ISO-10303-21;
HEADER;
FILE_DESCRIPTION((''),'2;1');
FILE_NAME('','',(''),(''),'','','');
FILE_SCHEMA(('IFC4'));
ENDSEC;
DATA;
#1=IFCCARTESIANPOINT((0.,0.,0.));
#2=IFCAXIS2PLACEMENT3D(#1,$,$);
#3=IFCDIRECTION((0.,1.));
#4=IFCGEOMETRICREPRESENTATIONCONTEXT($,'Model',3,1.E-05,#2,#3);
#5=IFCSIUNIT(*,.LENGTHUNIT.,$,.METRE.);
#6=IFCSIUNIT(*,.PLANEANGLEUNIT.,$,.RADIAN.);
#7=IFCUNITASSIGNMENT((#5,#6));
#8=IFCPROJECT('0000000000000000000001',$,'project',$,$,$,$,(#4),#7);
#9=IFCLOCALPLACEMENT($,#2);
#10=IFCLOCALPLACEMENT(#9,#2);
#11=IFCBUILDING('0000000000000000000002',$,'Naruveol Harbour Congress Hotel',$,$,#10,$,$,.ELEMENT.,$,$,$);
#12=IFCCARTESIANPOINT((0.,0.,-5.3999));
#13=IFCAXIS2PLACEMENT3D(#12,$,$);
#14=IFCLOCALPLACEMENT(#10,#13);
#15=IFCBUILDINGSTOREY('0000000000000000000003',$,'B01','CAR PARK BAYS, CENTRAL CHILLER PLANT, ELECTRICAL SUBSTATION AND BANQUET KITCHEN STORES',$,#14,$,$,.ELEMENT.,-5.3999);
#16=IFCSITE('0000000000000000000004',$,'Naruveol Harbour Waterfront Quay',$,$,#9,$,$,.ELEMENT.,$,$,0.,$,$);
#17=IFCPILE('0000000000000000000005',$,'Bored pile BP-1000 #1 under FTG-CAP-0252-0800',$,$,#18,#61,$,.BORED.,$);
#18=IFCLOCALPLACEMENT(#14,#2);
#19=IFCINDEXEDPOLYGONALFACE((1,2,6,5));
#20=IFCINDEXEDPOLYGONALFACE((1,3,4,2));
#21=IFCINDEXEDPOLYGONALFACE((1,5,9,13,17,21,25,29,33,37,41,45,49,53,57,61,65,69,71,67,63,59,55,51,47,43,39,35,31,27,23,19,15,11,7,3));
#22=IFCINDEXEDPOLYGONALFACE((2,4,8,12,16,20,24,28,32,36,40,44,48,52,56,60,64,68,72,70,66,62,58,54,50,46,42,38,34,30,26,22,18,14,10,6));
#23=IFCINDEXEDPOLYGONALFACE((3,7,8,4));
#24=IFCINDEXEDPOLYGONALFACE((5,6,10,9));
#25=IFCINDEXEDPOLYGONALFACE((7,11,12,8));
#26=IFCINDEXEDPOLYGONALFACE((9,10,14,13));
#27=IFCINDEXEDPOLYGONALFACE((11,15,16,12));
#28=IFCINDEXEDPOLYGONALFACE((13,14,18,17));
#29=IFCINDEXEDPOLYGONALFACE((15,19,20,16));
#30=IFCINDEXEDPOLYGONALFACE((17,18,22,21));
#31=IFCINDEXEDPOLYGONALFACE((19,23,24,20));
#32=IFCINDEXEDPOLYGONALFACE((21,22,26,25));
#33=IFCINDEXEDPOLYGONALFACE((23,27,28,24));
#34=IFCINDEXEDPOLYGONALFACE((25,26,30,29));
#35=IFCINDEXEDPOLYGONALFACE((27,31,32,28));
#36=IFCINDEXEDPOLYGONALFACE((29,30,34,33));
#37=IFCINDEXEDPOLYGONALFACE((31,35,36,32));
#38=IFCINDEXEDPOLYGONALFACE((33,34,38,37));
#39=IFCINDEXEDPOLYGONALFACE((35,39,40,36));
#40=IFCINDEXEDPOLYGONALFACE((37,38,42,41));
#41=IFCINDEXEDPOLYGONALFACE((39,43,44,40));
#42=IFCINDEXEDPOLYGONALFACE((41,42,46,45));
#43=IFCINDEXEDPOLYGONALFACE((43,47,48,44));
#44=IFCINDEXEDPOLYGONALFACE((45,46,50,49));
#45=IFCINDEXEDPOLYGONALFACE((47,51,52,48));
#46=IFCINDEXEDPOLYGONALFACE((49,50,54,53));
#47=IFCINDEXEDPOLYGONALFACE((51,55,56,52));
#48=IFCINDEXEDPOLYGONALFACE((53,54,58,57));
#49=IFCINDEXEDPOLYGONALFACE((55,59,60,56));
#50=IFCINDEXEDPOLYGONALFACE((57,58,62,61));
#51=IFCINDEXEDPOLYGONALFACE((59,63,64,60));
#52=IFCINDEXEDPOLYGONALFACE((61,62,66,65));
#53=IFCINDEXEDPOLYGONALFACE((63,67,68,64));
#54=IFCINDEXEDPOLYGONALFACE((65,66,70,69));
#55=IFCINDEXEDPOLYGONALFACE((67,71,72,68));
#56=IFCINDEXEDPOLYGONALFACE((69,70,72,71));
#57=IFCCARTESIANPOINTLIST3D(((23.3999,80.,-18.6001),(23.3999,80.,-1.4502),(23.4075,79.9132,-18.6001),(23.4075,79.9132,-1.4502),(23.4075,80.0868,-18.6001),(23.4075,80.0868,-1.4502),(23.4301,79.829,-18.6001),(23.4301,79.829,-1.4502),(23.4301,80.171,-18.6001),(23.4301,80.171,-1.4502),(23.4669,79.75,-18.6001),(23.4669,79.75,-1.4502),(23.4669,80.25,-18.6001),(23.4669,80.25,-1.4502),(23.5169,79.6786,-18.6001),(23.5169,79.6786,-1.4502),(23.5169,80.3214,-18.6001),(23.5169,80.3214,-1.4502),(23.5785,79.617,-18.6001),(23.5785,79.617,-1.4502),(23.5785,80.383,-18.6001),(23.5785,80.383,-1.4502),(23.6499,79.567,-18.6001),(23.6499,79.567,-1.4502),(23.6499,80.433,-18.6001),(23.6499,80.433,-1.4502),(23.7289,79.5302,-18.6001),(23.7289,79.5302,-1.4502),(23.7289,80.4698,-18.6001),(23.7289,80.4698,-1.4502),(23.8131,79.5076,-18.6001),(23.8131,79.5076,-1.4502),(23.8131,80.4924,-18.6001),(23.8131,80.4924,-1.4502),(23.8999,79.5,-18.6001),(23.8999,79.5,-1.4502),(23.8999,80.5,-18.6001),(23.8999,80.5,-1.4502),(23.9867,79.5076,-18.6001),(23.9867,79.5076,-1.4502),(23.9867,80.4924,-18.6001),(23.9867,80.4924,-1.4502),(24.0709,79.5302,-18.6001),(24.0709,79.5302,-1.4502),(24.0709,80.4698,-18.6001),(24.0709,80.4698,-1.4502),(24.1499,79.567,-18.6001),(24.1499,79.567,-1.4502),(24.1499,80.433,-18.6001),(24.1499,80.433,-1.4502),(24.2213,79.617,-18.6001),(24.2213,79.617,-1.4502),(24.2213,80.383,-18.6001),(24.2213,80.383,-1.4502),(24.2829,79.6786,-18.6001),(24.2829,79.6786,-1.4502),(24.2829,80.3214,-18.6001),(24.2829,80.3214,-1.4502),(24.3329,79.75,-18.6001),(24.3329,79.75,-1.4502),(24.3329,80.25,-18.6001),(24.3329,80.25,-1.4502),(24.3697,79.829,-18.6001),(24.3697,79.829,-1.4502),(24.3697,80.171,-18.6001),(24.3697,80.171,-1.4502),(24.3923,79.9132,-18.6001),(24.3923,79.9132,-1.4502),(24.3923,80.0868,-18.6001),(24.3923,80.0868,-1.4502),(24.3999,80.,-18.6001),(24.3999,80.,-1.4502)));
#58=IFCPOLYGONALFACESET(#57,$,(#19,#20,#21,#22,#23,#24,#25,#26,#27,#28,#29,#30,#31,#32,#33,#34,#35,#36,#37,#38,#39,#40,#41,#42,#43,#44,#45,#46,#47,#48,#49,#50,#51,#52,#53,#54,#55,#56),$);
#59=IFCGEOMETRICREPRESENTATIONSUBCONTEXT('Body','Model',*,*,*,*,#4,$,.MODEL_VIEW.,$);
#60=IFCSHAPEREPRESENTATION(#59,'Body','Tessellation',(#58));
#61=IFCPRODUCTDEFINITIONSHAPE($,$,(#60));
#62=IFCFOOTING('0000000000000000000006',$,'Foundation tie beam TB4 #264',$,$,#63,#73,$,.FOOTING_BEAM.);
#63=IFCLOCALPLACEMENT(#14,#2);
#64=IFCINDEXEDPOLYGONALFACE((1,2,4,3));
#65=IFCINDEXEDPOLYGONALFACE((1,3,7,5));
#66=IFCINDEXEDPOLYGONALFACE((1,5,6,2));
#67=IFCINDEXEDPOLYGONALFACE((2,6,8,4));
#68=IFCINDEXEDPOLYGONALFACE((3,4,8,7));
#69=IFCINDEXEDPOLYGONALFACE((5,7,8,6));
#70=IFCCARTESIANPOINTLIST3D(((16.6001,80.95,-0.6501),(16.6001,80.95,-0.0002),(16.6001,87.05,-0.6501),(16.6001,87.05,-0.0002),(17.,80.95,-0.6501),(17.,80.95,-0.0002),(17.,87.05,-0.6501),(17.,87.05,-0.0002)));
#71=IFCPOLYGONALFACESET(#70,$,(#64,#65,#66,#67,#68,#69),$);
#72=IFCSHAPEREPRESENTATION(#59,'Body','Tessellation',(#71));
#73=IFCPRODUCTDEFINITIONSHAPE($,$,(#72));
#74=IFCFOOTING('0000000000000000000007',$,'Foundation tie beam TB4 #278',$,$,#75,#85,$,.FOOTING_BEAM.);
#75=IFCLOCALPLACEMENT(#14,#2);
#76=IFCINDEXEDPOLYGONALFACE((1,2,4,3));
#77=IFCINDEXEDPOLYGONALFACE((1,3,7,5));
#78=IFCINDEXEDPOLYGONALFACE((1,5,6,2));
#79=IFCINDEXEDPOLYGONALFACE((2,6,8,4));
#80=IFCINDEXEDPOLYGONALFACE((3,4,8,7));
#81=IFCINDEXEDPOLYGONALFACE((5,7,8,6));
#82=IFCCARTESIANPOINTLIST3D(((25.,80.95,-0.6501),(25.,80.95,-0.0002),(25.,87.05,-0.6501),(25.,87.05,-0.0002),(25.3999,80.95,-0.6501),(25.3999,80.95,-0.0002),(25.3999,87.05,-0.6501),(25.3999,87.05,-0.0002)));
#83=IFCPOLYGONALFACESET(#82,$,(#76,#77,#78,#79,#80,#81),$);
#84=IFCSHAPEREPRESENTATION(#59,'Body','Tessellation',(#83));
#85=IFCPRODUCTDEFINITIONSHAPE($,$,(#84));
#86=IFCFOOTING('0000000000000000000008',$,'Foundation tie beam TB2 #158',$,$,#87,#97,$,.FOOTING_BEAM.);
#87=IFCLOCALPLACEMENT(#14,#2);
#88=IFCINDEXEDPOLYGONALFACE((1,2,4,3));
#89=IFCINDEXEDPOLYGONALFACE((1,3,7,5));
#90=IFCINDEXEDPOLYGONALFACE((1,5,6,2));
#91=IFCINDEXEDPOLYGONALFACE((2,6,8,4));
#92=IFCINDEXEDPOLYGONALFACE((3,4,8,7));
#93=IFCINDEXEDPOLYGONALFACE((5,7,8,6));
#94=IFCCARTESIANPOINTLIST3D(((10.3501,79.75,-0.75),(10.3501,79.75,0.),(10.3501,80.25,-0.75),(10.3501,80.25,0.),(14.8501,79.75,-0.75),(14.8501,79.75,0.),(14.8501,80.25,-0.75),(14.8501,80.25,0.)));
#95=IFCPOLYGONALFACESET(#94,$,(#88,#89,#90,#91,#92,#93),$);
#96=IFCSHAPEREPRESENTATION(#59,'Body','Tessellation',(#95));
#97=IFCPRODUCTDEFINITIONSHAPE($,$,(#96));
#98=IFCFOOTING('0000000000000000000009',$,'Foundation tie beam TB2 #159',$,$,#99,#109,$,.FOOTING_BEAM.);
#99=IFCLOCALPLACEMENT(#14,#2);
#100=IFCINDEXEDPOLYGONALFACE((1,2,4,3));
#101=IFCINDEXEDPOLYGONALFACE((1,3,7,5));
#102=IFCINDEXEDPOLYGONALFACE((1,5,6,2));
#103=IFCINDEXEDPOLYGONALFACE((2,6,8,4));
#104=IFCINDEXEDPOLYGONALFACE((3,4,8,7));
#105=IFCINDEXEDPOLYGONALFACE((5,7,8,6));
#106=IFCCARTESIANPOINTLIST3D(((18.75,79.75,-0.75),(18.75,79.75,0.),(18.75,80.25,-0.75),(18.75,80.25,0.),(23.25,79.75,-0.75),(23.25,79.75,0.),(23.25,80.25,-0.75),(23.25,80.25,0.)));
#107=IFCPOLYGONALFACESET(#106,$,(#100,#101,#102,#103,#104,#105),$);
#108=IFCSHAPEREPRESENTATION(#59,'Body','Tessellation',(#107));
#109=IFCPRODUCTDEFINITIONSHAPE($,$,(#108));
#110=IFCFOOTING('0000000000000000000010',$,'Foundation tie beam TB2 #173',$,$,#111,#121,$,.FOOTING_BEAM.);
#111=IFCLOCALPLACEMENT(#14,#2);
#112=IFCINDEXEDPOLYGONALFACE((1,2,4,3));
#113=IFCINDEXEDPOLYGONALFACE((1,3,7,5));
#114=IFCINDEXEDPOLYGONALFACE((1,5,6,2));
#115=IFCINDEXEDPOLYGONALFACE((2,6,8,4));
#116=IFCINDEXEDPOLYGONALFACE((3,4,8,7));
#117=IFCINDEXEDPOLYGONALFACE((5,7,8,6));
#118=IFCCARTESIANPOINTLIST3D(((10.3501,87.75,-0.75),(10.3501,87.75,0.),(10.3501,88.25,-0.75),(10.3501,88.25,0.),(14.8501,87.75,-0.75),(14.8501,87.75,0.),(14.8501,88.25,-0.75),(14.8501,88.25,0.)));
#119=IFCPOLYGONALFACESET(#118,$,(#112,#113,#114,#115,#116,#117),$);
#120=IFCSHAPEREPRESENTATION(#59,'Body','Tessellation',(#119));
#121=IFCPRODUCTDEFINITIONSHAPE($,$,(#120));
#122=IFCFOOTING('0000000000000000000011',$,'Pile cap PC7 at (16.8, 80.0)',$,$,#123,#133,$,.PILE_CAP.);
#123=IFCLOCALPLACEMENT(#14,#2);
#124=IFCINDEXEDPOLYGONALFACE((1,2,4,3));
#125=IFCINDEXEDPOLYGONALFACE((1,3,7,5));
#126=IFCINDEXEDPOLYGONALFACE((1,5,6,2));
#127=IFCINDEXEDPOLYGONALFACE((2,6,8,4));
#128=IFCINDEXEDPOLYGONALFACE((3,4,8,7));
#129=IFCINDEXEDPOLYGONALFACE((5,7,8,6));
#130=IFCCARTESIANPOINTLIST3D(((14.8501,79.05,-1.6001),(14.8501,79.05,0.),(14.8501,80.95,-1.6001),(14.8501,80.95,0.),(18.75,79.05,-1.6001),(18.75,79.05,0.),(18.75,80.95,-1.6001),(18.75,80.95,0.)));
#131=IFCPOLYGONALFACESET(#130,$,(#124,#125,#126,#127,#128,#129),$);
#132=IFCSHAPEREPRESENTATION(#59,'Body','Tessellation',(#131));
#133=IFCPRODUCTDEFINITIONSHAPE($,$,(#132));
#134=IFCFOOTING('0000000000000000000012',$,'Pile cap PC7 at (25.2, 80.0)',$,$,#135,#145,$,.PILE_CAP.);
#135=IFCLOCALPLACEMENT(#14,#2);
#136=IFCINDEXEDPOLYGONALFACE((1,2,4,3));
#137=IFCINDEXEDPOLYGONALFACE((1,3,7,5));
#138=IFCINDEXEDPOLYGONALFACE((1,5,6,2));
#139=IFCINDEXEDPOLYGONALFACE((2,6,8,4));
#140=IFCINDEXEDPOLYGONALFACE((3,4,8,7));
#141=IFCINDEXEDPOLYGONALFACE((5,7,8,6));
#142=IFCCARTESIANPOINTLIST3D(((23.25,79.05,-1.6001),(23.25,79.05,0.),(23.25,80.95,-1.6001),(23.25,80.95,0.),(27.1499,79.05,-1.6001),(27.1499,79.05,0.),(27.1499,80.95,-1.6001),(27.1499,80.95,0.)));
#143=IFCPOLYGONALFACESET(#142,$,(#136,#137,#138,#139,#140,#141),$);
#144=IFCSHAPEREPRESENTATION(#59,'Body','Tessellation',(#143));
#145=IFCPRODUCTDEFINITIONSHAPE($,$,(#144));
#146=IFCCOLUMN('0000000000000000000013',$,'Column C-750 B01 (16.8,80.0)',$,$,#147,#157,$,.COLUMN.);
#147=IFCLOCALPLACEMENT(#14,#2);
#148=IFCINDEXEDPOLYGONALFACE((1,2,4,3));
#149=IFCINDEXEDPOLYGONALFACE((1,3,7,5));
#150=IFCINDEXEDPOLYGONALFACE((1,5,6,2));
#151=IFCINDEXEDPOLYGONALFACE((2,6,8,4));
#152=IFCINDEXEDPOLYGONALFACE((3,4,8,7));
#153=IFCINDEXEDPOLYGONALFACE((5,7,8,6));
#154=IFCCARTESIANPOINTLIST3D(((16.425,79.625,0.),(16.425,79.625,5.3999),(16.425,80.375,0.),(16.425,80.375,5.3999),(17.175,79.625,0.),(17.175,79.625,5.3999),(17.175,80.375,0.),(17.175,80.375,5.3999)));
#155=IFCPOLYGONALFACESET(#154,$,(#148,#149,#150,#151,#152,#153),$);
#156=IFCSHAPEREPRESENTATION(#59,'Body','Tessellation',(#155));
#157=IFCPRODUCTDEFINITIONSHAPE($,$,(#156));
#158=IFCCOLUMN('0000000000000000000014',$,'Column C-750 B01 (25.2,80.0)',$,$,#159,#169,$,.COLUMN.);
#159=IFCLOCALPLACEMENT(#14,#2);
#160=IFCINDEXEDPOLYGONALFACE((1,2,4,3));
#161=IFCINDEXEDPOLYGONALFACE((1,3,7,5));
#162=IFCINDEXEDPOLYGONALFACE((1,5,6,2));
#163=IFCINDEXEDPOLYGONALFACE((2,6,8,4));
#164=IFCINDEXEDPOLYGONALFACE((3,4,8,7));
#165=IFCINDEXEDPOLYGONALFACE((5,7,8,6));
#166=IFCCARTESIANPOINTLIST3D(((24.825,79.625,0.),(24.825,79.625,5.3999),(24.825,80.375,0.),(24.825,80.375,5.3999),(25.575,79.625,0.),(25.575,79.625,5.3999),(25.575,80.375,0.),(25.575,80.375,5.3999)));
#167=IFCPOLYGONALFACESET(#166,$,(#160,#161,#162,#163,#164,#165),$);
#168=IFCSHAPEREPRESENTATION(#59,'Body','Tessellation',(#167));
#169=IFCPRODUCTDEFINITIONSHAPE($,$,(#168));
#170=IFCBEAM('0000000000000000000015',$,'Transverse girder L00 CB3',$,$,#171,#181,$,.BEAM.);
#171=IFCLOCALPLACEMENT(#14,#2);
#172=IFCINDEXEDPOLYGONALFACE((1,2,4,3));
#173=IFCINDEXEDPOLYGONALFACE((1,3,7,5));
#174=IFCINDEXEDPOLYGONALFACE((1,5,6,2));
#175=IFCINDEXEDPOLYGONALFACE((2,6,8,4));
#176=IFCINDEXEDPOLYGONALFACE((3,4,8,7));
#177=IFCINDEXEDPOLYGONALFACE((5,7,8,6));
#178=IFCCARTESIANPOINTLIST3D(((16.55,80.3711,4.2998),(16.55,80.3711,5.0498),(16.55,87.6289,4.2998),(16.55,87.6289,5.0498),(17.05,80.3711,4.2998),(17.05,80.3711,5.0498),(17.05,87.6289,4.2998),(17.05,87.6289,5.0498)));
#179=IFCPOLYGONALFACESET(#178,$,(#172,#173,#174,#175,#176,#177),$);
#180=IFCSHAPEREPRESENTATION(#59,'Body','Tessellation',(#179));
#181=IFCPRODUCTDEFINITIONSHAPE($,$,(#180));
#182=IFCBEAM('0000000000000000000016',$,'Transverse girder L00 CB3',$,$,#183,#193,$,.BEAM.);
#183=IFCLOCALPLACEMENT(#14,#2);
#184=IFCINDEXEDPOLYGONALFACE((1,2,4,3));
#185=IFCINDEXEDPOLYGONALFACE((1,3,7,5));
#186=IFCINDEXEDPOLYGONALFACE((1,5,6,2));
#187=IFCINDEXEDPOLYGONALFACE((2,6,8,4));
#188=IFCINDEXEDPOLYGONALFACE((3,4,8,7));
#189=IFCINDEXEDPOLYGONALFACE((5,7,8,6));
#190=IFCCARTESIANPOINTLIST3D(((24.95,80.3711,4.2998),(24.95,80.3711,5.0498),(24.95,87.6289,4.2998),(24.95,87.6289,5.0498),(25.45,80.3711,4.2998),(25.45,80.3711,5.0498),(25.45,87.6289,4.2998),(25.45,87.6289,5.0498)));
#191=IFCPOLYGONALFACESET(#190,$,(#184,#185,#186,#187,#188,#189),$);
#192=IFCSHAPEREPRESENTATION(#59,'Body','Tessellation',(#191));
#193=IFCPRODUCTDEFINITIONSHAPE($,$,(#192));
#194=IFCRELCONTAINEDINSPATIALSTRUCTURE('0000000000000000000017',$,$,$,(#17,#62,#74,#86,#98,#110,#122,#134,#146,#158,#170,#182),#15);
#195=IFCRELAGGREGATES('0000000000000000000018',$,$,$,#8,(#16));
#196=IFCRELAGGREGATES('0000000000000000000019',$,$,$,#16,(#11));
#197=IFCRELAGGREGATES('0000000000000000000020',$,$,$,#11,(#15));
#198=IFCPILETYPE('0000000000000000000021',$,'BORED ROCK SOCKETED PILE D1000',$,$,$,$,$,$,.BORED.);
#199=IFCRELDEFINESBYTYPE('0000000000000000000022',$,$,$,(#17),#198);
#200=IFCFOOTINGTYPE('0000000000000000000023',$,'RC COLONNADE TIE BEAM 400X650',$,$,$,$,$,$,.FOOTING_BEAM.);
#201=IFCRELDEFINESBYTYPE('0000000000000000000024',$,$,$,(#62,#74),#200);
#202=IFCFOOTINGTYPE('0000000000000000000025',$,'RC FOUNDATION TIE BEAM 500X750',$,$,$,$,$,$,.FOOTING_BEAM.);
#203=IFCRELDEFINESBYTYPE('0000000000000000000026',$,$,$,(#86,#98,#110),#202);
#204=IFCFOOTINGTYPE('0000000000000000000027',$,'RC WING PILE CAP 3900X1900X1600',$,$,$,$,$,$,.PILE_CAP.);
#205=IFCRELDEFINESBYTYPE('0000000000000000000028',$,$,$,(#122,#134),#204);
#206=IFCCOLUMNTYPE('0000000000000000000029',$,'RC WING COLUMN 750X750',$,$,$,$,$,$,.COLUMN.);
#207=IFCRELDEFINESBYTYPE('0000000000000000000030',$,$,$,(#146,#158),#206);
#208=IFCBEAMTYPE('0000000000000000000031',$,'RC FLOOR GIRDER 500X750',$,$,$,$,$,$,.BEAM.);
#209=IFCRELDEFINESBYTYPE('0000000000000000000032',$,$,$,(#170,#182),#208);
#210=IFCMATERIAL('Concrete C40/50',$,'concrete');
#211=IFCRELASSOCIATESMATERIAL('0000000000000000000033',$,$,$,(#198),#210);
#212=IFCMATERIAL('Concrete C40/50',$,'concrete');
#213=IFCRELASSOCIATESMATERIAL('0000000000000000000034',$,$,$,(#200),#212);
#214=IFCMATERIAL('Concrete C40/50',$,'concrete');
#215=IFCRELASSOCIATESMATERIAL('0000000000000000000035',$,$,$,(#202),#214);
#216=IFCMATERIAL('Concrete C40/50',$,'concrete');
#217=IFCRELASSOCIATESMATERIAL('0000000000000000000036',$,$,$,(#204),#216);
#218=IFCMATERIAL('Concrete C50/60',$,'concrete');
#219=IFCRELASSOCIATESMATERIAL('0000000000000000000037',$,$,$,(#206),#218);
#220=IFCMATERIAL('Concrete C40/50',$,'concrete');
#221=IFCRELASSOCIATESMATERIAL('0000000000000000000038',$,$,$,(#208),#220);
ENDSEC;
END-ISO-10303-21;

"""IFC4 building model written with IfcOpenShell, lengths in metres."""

from ifc_helpers import new_model, si_unit, direction, frame, origin, origin_2d, place, context, subcontext, project, spatial, rectangle, circle, extrude, material, material_profile, profile_set, type_object, element, save


model = new_model("IFC4")

# Units and contexts
model_context = context("Model", 3, precision=1e-05, world=origin(), true_north=direction((0.0, 1.0)))
body_context = subcontext(model_context, "Body", "Model", "MODEL_VIEW")
ifc_project = project(units=[si_unit("LENGTHUNIT", "METRE"), si_unit("PLANEANGLEUNIT", "RADIAN")], contexts=[model_context])

# Site, building, storey
site_placement = place(None, origin())
site = spatial("IfcSite", under=ifc_project, at=site_placement, Name="Naruveol Harbour Waterfront Quay", CompositionType="ELEMENT", RefElevation=0.0)
building_placement = place(site_placement, origin())
building = spatial("IfcBuilding", under=site, at=building_placement, Name="Naruveol Harbour Congress Hotel", CompositionType="ELEMENT")
storey_placement = place(building_placement, frame((0.0, 0.0, -5.3999)))
storey = spatial("IfcBuildingStorey", under=building, at=storey_placement, Name="B01", Description="CAR PARK BAYS, CENTRAL CHILLER PLANT, ELECTRICAL SUBSTATION AND BANQUET KITCHEN STORES", CompositionType="ELEMENT", Elevation=-5.3999)

# Pile
ifc_material_1 = material(Name="Concrete C40/50", Category="concrete")
ifc_material_profile_1 = material_profile(ifc_material_1, circle(Radius=0.5, at=origin_2d()), Name="BP-1000")
ifc_profile_set_1 = profile_set([ifc_material_profile_1], Name="Concrete C40/50")
pile_type = type_object("IfcPileType", Name="BORED ROCK SOCKETED PILE D1000", PredefinedType="BORED", material=ifc_profile_set_1)
for number, where, z_axis, x_axis, name in (
    (1, (23.8999, 80.0, -1.4502), (0.0, 0.0, -1.0), (1.0, 0.0, 0.0), "Bored pile BP-1000 #1 under FTG-CAP-0252-0800"),
):
    element("IfcPile", number, at=place(storey_placement, frame(where, z_axis=z_axis, x_axis=x_axis)), inside=storey, type_object=pile_type, Name=name, PredefinedType="BORED", context=body_context, shape_type="SweptSolid", body=[
        extrude(circle(Radius=0.5, at=origin_2d()), origin(), (0.0, 0.0, 1.0), 17.1499),
    ])

# Footings
ifc_material_2 = material(Name="Concrete C40/50", Category="concrete")
ifc_material_profile_2 = material_profile(ifc_material_2, rectangle(XDim=0.3999, YDim=0.6499, at=origin_2d()), Name="RCB-400x650")
ifc_profile_set_2 = profile_set([ifc_material_profile_2], Name="Concrete C40/50")
footing_type_1 = type_object("IfcFootingType", Name="RC COLONNADE TIE BEAM 400X650", PredefinedType="FOOTING_BEAM", material=ifc_profile_set_2)
for number, where, z_axis, x_axis, name in (
    (2, (16.8, 80.95, -0.3252), (0.0, 1.0, 0.0), (-1.0, 0.0, 0.0), "Foundation tie beam TB4 #264"),
    (3, (25.2, 80.95, -0.3252), (0.0, 1.0, 0.0), (-1.0, 0.0, 0.0), "Foundation tie beam TB4 #278"),
):
    element("IfcFooting", number, at=place(storey_placement, frame(where, z_axis=z_axis, x_axis=x_axis)), inside=storey, type_object=footing_type_1, Name=name, PredefinedType="FOOTING_BEAM", context=body_context, shape_type="SweptSolid", body=[
        extrude(rectangle(XDim=0.3999, YDim=0.6499, at=origin_2d()), origin(), (0.0, 0.0, 1.0), 6.1001),
    ])
ifc_material_3 = material(Name="Concrete C40/50", Category="concrete")
ifc_material_profile_3 = material_profile(ifc_material_3, rectangle(XDim=0.5, YDim=0.75, at=origin_2d()), Name="RCB-500x750")
ifc_profile_set_3 = profile_set([ifc_material_profile_3], Name="Concrete C40/50")
footing_type_2 = type_object("IfcFootingType", Name="RC FOUNDATION TIE BEAM 500X750", PredefinedType="FOOTING_BEAM", material=ifc_profile_set_3)
for number, where, z_axis, x_axis, name in (
    (4, (10.3501, 80.0, -0.375), (1.0, 0.0, 0.0), (0.0, 1.0, 0.0), "Foundation tie beam TB2 #158"),
    (5, (18.75, 80.0, -0.375), (1.0, 0.0, 0.0), (0.0, 1.0, 0.0), "Foundation tie beam TB2 #159"),
    (6, (10.3501, 88.0, -0.375), (1.0, 0.0, 0.0), (0.0, 1.0, 0.0), "Foundation tie beam TB2 #173"),
):
    element("IfcFooting", number, at=place(storey_placement, frame(where, z_axis=z_axis, x_axis=x_axis)), inside=storey, type_object=footing_type_2, Name=name, PredefinedType="FOOTING_BEAM", context=body_context, shape_type="SweptSolid", body=[
        extrude(rectangle(XDim=0.5, YDim=0.75, at=origin_2d()), origin(), (0.0, 0.0, 1.0), 4.5),
    ])
ifc_material_4 = material(Name="Concrete C40/50", Category="concrete")
footing_type_3 = type_object("IfcFootingType", Name="RC WING PILE CAP 3900X1900X1600", PredefinedType="PILE_CAP", material=ifc_material_4)
for number, where, z_axis, x_axis, name in (
    (7, (16.8, 80.0, -1.6001), (0.0, 0.0, 1.0), (1.0, 0.0, 0.0), "Pile cap PC7 at (16.8, 80.0)"),
    (8, (25.2, 80.0, -1.6001), (0.0, 0.0, 1.0), (1.0, 0.0, 0.0), "Pile cap PC7 at (25.2, 80.0)"),
):
    element("IfcFooting", number, at=place(storey_placement, frame(where, z_axis=z_axis, x_axis=x_axis)), inside=storey, type_object=footing_type_3, Name=name, PredefinedType="PILE_CAP", context=body_context, shape_type="SweptSolid", body=[
        extrude(rectangle(XDim=3.8999, YDim=1.8999, at=origin_2d()), origin(), (0.0, 0.0, 1.0), 1.6001),
    ])

# Columns
ifc_material_5 = material(Name="Concrete C50/60", Category="concrete")
ifc_material_profile_4 = material_profile(ifc_material_5, rectangle(XDim=0.75, YDim=0.75, at=origin_2d()), Name="RC-750x750")
ifc_profile_set_4 = profile_set([ifc_material_profile_4], Name="Concrete C50/60")
column_type = type_object("IfcColumnType", Name="RC WING COLUMN 750X750", PredefinedType="COLUMN", material=ifc_profile_set_4)
for number, where, z_axis, x_axis, name in (
    (9, (16.8, 80.0, 0.0), (0.0, 0.0, 1.0), (1.0, 0.0, 0.0), "Column C-750 B01 (16.8,80.0)"),
    (10, (25.2, 80.0, 0.0), (0.0, 0.0, 1.0), (1.0, 0.0, 0.0), "Column C-750 B01 (25.2,80.0)"),
):
    element("IfcColumn", number, at=place(storey_placement, frame(where, z_axis=z_axis, x_axis=x_axis)), inside=storey, type_object=column_type, Name=name, PredefinedType="COLUMN", context=body_context, shape_type="SweptSolid", body=[
        extrude(rectangle(XDim=0.75, YDim=0.75, at=origin_2d()), origin(), (0.0, 0.0, 1.0), 5.3999),
    ])

# Beams
ifc_material_6 = material(Name="Concrete C40/50", Category="concrete")
ifc_material_profile_5 = material_profile(ifc_material_6, rectangle(XDim=0.5, YDim=0.75, at=origin_2d()), Name="RCB-500x750")
ifc_profile_set_5 = profile_set([ifc_material_profile_5], Name="Concrete C40/50")
beam_type_1 = type_object("IfcBeamType", Name="RC FLOOR GIRDER 500X750", PredefinedType="BEAM", material=ifc_profile_set_5)
for number, where, z_axis, x_axis, name in (
    (11, (16.8, 80.3711, 4.6748), (0.0, 1.0, 0.0), (-1.0, 0.0, 0.0), "Transverse girder L00 CB3"),
    (12, (25.2, 80.3711, 4.6748), (0.0, 1.0, 0.0), (-1.0, 0.0, 0.0), "Transverse girder L00 CB3"),
):
    element("IfcBeam", number, at=place(storey_placement, frame(where, z_axis=z_axis, x_axis=x_axis)), inside=storey, type_object=beam_type_1, Name=name, PredefinedType="BEAM", context=body_context, shape_type="SweptSolid", body=[
        extrude(rectangle(XDim=0.5, YDim=0.75, at=origin_2d()), origin(), (0.0, 0.0, 1.0), 7.2578),
    ])

save(model, "model.ifc")
